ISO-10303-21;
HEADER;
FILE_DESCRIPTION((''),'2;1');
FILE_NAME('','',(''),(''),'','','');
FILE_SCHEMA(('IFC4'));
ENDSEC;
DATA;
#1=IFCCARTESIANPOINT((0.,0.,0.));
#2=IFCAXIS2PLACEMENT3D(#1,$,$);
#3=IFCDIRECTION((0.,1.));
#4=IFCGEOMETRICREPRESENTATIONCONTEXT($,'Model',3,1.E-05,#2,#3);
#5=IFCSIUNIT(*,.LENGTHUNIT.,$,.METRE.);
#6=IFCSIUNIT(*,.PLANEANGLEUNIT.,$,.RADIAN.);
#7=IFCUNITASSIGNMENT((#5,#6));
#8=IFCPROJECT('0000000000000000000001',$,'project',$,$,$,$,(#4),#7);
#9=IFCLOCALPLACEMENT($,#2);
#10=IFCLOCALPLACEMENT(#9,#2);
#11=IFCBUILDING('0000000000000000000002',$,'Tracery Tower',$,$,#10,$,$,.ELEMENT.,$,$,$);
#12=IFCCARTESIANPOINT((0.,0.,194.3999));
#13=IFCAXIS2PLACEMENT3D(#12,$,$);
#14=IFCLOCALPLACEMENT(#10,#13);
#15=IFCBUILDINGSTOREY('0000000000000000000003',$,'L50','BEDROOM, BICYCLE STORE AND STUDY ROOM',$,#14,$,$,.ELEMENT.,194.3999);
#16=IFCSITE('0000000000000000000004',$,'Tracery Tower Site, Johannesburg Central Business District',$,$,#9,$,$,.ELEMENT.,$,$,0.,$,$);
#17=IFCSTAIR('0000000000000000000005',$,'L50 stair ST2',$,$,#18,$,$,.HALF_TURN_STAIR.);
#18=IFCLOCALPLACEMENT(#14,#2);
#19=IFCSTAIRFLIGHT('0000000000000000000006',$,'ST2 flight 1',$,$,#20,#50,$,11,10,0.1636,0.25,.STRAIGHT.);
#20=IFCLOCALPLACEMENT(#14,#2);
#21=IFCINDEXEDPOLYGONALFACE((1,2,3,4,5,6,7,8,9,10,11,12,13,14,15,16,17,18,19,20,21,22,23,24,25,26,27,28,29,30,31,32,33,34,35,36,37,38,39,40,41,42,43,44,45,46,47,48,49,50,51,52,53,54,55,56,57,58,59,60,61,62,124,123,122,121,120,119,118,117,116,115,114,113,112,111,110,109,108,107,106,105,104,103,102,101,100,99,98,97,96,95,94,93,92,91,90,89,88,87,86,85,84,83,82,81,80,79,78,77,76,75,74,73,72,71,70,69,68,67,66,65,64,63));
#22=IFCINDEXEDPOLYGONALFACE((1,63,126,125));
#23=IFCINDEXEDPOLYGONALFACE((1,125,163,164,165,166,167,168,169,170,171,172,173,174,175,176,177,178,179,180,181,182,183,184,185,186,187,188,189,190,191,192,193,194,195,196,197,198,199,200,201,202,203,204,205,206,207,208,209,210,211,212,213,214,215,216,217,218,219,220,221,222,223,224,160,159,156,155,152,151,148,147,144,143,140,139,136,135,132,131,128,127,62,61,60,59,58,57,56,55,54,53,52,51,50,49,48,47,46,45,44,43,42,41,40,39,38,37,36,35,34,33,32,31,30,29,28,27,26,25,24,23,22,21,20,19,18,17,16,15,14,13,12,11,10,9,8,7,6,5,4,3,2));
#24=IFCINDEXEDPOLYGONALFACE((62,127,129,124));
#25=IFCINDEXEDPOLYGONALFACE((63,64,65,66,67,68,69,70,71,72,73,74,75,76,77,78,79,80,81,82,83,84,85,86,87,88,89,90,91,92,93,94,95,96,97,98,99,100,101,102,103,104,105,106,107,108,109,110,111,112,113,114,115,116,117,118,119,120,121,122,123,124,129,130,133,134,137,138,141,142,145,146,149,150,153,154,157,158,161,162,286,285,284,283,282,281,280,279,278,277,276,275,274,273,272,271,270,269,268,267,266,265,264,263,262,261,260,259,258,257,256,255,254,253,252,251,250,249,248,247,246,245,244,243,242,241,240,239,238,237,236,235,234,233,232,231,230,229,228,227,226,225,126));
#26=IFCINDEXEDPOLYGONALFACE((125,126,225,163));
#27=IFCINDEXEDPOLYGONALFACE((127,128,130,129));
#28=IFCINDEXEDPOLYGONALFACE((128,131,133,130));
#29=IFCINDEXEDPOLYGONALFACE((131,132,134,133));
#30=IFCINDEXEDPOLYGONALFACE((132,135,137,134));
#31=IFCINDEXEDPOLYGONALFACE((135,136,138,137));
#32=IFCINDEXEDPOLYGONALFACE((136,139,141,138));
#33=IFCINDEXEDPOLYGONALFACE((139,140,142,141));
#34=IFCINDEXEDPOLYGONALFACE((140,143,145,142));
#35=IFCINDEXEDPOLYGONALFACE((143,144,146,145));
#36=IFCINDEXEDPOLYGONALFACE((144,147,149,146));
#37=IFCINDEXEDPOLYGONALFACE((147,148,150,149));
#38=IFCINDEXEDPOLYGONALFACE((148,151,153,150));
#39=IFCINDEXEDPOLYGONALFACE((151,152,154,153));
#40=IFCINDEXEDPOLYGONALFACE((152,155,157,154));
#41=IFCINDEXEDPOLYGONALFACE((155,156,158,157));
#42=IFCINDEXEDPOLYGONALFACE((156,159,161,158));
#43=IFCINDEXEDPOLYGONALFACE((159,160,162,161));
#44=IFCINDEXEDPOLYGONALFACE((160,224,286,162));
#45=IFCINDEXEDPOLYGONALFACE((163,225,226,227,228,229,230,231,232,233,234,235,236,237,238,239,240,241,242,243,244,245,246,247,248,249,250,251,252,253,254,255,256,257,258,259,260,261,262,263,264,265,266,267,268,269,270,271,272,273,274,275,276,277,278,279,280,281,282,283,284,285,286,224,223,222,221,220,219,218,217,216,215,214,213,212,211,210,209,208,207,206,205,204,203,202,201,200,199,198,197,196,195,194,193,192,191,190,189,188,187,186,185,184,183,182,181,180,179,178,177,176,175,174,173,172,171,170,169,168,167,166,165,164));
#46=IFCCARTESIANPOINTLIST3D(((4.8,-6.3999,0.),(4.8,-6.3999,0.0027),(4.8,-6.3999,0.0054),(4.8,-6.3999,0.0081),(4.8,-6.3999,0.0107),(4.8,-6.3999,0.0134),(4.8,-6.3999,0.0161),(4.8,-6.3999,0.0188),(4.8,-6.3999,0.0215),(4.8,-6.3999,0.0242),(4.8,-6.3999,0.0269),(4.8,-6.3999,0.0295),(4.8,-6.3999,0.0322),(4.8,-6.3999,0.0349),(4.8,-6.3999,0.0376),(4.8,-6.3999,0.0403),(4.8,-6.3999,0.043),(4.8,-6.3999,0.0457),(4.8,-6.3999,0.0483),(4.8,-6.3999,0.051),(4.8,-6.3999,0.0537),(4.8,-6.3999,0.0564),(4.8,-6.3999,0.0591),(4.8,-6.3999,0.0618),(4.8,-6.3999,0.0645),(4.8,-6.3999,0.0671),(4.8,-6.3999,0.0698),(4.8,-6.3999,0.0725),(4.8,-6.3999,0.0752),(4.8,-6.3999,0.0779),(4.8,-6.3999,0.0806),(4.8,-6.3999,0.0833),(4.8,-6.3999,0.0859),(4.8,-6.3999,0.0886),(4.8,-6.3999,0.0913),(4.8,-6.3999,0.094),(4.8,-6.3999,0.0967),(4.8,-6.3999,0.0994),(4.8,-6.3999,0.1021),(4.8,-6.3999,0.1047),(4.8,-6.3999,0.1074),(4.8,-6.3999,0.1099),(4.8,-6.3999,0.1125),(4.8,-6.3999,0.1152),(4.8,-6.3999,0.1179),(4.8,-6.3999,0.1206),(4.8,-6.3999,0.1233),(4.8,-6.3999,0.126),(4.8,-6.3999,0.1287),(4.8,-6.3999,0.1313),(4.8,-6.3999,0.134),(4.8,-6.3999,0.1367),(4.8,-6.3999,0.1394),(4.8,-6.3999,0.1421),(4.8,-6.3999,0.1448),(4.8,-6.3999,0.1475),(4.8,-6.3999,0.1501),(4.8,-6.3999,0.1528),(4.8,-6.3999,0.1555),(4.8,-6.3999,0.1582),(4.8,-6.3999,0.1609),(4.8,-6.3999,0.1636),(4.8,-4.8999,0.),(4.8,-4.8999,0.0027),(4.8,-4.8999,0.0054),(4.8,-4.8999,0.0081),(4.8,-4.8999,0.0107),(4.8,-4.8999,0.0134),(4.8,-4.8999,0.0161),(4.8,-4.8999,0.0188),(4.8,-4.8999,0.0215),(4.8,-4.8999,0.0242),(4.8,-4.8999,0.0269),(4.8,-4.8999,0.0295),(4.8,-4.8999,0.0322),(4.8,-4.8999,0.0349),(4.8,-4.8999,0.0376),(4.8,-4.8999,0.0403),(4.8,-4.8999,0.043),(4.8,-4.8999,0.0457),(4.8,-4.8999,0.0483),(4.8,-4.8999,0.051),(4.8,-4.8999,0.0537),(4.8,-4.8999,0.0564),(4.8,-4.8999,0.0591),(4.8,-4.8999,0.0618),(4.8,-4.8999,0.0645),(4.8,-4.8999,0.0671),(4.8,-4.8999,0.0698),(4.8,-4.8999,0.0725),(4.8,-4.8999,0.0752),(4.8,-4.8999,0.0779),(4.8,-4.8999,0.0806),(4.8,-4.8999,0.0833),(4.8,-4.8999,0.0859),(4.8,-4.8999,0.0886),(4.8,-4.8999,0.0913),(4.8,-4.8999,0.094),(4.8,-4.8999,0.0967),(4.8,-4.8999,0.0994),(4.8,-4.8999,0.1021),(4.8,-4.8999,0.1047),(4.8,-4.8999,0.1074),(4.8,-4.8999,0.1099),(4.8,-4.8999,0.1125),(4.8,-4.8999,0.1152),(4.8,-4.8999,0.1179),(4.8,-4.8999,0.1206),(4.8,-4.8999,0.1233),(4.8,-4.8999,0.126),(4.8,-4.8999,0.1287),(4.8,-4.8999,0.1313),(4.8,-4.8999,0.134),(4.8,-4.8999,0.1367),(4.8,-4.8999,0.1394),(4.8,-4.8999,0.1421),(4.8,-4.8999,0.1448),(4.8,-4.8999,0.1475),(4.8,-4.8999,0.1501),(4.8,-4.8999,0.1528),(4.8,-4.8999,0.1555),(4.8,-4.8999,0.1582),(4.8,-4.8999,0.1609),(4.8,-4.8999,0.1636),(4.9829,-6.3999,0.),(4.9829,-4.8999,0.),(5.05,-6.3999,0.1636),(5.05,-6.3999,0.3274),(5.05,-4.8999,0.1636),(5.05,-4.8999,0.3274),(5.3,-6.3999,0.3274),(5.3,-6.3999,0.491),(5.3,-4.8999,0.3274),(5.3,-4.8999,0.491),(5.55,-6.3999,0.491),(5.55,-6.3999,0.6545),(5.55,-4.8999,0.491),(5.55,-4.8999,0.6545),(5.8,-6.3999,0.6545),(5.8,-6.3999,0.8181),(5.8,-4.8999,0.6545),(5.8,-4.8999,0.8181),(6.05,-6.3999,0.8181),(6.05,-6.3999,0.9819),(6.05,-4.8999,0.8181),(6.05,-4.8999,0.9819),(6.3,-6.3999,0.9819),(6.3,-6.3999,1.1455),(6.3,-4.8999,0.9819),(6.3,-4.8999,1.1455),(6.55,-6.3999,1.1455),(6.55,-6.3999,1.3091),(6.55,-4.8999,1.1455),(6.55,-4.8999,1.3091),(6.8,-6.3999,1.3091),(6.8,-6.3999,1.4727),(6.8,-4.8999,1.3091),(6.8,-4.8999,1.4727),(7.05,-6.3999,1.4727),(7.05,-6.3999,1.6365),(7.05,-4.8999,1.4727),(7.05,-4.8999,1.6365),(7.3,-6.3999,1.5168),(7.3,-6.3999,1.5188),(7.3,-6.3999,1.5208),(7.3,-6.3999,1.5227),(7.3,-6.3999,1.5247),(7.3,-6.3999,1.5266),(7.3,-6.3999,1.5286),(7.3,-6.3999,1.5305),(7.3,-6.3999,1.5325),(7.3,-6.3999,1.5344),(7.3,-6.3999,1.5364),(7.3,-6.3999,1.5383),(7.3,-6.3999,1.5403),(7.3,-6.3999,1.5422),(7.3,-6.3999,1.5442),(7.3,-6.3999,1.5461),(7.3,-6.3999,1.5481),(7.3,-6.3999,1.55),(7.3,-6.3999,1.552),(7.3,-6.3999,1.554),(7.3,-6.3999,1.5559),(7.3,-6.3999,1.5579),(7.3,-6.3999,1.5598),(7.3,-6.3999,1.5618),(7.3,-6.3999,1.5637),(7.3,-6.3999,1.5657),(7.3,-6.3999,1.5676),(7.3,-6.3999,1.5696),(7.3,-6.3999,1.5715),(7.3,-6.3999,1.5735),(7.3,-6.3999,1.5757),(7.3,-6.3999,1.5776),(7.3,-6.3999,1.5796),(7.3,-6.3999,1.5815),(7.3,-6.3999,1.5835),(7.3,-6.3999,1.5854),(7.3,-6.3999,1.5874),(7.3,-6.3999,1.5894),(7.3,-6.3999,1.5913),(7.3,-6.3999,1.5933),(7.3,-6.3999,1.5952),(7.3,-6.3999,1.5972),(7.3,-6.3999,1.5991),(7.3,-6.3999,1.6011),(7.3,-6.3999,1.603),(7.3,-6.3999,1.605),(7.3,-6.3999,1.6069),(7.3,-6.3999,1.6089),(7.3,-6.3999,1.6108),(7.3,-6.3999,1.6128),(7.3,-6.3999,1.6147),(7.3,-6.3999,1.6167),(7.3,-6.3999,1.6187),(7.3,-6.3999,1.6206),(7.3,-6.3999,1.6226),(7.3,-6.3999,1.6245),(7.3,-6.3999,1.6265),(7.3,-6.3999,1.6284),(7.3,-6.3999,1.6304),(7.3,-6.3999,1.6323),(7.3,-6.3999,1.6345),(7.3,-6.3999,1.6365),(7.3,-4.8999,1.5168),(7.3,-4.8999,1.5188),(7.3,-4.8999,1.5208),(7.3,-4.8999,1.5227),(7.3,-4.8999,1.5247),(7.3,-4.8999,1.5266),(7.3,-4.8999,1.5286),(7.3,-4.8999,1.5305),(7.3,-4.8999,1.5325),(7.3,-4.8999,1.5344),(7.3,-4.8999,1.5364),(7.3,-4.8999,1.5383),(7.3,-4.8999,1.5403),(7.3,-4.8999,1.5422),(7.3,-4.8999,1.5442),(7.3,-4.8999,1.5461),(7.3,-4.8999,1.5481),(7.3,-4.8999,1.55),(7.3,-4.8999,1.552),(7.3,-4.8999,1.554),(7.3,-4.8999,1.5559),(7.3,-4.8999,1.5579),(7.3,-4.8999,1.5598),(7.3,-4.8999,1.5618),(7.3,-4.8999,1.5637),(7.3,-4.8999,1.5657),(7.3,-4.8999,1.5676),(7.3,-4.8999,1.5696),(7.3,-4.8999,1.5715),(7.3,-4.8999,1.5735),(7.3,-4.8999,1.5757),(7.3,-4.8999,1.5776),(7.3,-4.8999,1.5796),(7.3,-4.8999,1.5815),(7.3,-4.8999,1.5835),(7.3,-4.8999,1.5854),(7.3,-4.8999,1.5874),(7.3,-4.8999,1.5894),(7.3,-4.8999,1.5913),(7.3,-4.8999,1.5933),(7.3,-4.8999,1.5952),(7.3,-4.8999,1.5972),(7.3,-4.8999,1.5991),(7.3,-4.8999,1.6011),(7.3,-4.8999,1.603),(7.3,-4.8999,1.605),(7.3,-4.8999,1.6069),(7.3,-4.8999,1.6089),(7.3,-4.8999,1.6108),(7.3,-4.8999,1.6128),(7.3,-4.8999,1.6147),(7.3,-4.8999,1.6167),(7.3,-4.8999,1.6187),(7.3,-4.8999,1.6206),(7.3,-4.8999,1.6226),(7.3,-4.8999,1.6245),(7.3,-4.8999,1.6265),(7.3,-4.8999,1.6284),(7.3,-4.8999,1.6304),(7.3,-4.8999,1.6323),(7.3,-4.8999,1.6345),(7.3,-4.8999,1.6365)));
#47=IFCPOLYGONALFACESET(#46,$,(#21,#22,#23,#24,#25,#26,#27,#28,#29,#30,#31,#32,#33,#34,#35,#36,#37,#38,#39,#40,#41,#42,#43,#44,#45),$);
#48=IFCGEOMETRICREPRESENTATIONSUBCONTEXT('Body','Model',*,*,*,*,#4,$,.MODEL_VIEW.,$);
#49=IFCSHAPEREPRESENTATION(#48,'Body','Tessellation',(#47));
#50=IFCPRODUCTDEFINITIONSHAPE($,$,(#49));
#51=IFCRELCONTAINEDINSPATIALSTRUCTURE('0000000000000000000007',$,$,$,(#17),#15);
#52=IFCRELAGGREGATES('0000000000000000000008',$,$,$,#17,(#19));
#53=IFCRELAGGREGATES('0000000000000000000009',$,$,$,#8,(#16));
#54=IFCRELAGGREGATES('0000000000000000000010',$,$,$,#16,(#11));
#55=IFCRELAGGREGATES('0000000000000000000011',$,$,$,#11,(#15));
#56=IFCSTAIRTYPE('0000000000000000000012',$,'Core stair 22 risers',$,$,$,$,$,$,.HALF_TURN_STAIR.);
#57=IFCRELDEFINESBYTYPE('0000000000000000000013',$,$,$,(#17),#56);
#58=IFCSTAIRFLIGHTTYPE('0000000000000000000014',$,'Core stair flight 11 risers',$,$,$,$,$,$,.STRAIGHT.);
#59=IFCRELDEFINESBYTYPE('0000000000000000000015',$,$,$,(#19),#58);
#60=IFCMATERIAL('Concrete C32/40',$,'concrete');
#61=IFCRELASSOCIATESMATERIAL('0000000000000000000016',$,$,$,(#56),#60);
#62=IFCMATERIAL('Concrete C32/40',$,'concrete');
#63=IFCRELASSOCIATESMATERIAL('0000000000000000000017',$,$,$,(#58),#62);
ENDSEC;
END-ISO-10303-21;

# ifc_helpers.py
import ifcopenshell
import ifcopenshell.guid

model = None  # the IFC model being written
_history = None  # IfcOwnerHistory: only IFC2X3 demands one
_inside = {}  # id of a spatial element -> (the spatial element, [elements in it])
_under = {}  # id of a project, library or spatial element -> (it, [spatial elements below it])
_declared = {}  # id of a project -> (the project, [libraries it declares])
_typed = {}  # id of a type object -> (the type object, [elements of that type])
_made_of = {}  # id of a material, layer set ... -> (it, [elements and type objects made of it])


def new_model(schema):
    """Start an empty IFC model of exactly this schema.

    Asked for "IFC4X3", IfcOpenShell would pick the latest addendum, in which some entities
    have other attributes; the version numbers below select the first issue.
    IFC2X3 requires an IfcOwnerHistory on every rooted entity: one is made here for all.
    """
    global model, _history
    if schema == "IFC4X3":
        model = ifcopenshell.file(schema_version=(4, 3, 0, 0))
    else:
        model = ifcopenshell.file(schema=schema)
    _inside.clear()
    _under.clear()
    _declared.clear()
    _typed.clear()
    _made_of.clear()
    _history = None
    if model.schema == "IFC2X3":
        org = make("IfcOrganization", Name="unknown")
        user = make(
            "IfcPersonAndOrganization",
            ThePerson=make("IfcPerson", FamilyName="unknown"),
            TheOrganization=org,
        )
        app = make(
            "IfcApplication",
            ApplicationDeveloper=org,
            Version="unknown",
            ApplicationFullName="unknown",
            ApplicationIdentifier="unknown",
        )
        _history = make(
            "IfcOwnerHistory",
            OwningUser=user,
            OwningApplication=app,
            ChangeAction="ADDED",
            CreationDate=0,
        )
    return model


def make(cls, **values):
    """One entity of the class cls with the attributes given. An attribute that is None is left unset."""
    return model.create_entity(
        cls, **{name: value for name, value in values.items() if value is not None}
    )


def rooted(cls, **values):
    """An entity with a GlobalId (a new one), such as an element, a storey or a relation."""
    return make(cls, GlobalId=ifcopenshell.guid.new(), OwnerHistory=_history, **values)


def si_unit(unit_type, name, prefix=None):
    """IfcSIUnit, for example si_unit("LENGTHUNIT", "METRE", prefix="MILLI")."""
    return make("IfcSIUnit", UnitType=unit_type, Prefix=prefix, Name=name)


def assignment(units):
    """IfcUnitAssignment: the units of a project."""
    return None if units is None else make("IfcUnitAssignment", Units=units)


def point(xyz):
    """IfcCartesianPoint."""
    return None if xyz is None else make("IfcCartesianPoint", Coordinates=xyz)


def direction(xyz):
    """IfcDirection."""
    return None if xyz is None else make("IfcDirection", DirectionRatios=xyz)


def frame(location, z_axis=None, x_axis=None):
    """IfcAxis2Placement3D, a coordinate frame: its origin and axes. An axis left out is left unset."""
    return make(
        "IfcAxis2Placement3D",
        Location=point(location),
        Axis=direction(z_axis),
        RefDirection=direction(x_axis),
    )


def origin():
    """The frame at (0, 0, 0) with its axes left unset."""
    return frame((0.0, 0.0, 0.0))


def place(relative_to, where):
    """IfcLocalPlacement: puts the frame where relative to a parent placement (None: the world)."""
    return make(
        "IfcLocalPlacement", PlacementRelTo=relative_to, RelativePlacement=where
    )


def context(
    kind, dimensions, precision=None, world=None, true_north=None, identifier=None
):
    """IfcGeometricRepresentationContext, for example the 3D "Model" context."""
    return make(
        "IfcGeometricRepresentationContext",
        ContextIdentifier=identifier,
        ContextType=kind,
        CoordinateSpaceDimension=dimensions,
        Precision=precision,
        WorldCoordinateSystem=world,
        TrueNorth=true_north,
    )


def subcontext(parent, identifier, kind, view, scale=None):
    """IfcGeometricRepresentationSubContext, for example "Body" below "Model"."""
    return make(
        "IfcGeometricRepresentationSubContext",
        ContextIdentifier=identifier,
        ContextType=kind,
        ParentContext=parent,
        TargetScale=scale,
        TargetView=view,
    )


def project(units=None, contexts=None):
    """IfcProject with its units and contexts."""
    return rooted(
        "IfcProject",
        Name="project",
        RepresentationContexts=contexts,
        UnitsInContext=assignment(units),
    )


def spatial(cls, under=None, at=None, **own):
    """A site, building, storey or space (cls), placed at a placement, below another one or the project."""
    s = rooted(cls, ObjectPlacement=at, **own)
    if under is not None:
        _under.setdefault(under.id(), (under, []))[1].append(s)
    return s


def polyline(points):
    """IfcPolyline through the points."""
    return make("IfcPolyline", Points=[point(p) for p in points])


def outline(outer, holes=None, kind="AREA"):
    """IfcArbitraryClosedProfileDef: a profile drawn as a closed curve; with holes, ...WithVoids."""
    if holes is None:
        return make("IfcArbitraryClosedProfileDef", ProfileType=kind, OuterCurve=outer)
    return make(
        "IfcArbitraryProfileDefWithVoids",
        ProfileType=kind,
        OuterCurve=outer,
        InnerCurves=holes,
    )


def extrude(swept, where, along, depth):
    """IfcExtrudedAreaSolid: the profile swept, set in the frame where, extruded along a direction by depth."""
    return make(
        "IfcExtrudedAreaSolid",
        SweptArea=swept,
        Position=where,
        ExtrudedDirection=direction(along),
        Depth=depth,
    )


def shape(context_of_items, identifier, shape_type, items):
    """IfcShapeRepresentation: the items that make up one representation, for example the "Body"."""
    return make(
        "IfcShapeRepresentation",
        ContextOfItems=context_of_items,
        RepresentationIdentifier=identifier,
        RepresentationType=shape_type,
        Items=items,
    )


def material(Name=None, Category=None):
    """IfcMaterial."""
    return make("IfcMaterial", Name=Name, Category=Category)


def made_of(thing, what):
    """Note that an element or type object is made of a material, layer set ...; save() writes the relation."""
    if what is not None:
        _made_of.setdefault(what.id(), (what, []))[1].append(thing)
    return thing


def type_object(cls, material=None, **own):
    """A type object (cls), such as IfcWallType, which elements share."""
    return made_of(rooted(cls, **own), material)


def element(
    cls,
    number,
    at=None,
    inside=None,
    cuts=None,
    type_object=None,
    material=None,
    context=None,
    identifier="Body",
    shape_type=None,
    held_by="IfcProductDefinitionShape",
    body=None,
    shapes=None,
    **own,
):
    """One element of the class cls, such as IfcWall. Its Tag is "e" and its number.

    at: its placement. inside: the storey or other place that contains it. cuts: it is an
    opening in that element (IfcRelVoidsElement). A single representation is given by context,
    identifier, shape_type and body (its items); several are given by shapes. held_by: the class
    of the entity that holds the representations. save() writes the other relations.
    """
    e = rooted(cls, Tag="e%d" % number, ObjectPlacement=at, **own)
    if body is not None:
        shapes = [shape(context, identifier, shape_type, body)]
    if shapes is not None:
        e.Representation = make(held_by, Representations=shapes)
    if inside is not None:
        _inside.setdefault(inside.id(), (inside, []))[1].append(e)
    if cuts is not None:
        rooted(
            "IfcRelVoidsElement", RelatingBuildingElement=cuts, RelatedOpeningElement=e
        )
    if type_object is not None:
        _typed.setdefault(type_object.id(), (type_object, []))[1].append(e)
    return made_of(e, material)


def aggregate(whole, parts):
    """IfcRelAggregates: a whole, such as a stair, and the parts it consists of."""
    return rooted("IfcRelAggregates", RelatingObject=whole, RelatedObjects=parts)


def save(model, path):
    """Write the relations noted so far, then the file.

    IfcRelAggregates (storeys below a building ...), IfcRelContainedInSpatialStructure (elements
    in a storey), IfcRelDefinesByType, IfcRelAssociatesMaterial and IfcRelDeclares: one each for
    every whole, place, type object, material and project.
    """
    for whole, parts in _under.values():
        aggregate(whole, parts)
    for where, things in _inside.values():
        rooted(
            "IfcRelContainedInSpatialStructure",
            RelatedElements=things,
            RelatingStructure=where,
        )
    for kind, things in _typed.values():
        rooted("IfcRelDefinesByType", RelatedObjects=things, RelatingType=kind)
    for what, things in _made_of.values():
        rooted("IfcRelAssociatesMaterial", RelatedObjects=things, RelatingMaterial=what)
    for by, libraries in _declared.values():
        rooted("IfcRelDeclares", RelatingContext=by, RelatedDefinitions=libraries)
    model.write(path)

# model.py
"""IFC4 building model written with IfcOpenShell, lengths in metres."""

from ifc_helpers import new_model, si_unit, direction, frame, origin, place, context, subcontext, project, spatial, polyline, outline, extrude, material, type_object, element, aggregate, save


model = new_model("IFC4")

# Units and contexts
model_context = context("Model", 3, precision=1e-05, world=origin(), true_north=direction((0.0, 1.0)))
body_context = subcontext(model_context, "Body", "Model", "MODEL_VIEW")
ifc_project = project(units=[si_unit("LENGTHUNIT", "METRE"), si_unit("PLANEANGLEUNIT", "RADIAN")], contexts=[model_context])

# Site, building, storey
site_placement = place(None, origin())
site = spatial("IfcSite", under=ifc_project, at=site_placement, Name="Tracery Tower Site, Johannesburg Central Business District", CompositionType="ELEMENT", RefElevation=0.0)
building_placement = place(site_placement, origin())
building = spatial("IfcBuilding", under=site, at=building_placement, Name="Tracery Tower", CompositionType="ELEMENT")
storey_placement = place(building_placement, frame((0.0, 0.0, 194.3999)))
storey = spatial("IfcBuildingStorey", under=building, at=storey_placement, Name="L50", Description="BEDROOM, BICYCLE STORE AND STUDY ROOM", CompositionType="ELEMENT", Elevation=194.3999)

# Stair, stair flight
ifc_material_1 = material(Name="Concrete C32/40", Category="concrete")
stair_type = type_object("IfcStairType", Name="Core stair 22 risers", PredefinedType="HALF_TURN_STAIR", material=ifc_material_1)
stair_placement = place(storey_placement, origin())
stair = element("IfcStair", 1, at=stair_placement, inside=storey, type_object=stair_type, Name="L50 stair ST2", PredefinedType="HALF_TURN_STAIR")
ifc_material_2 = material(Name="Concrete C32/40", Category="concrete")
stair_flight_type = type_object("IfcStairFlightType", Name="Core stair flight 11 risers", PredefinedType="STRAIGHT", material=ifc_material_2)
stair_flight_1_placement = place(storey_placement, frame((4.8, -5.6499, 0.0), z_axis=(0.0, 0.0, 1.0), x_axis=(1.0, 0.0, 0.0)))
stair_flight_1 = element("IfcStairFlight", 2, at=stair_flight_1_placement, type_object=stair_flight_type, Name="ST2 flight 1", NumberOfRisers=11, NumberOfTreads=10, PredefinedType="STRAIGHT", RiserHeight=0.1636, TreadLength=0.25, context=body_context, shape_type="SweptSolid", body=[
    extrude(outline(polyline([(0.0, 0.0), (0.0, 0.0027), (0.0, 0.0054), (0.0, 0.0081), (0.0, 0.0107), (0.0, 0.0134), (0.0, 0.0161), (0.0, 0.0188), (0.0, 0.0215), (0.0, 0.0242), (0.0, 0.0269), (0.0, 0.0295), (0.0, 0.0322), (0.0, 0.0349), (0.0, 0.0376), (0.0, 0.0403), (0.0, 0.043), (0.0, 0.0457), (0.0, 0.0483), (0.0, 0.051), (0.0, 0.0537), (0.0, 0.0564), (0.0, 0.0591), (0.0, 0.0618), (0.0, 0.0645), (0.0, 0.0671), (0.0, 0.0698), (0.0, 0.0725), (0.0, 0.0752), (0.0, 0.0779), (0.0, 0.0806), (0.0, 0.0833), (0.0, 0.0859), (0.0, 0.0886), (0.0, 0.0913), (0.0, 0.094), (0.0, 0.0967), (0.0, 0.0994), (0.0, 0.1021), (0.0, 0.1047), (0.0, 0.1074), (0.0, 0.1099), (0.0, 0.1125), (0.0, 0.1152), (0.0, 0.1179), (0.0, 0.1206), (0.0, 0.1233), (0.0, 0.126), (0.0, 0.1287), (0.0, 0.1313), (0.0, 0.134), (0.0, 0.1367), (0.0, 0.1394), (0.0, 0.1421), (0.0, 0.1448), (0.0, 0.1475), (0.0, 0.1501), (0.0, 0.1528), (0.0, 0.1555), (0.0, 0.1582), (0.0, 0.1609), (0.0, 0.1636), (0.25, 0.1636), (0.25, 0.3274), (0.5, 0.3274), (0.5, 0.491), (0.75, 0.491), (0.75, 0.6545), (1.0, 0.6545), (1.0, 0.8181), (1.25, 0.8181), (1.25, 0.9819), (1.5, 0.9819), (1.5, 1.1455), (1.75, 1.1455), (1.75, 1.3091), (2.0, 1.3091), (2.0, 1.4727), (2.25, 1.4727), (2.25, 1.6365), (2.5, 1.6365), (2.5, 1.6345), (2.5, 1.6323), (2.5, 1.6304), (2.5, 1.6284), (2.5, 1.6265), (2.5, 1.6245), (2.5, 1.6226), (2.5, 1.6206), (2.5, 1.6187), (2.5, 1.6167), (2.5, 1.6147), (2.5, 1.6128), (2.5, 1.6108), (2.5, 1.6089), (2.5, 1.6069), (2.5, 1.605), (2.5, 1.603), (2.5, 1.6011), (2.5, 1.5991), (2.5, 1.5972), (2.5, 1.5952), (2.5, 1.5933), (2.5, 1.5913), (2.5, 1.5894), (2.5, 1.5874), (2.5, 1.5854), (2.5, 1.5835), (2.5, 1.5815), (2.5, 1.5796), (2.5, 1.5776), (2.5, 1.5757), (2.5, 1.5735), (2.5, 1.5715), (2.5, 1.5696), (2.5, 1.5676), (2.5, 1.5657), (2.5, 1.5637), (2.5, 1.5618), (2.5, 1.5598), (2.5, 1.5579), (2.5, 1.5559), (2.5, 1.554), (2.5, 1.552), (2.5, 1.55), (2.5, 1.5481), (2.5, 1.5461), (2.5, 1.5442), (2.5, 1.5422), (2.5, 1.5403), (2.5, 1.5383), (2.5, 1.5364), (2.5, 1.5344), (2.5, 1.5325), (2.5, 1.5305), (2.5, 1.5286), (2.5, 1.5266), (2.5, 1.5247), (2.5, 1.5227), (2.5, 1.5208), (2.5, 1.5188), (2.5, 1.5168), (0.1829, 0.0), (0.0, 0.0)])), frame((0.0, 0.75, 0.0), z_axis=(0.0, -1.0, 0.0), x_axis=(1.0, 0.0, 0.0)), (0.0, 0.0, 1.0), 1.5),
])
aggregate(stair, [stair_flight_1])

save(model, "model.ifc")
